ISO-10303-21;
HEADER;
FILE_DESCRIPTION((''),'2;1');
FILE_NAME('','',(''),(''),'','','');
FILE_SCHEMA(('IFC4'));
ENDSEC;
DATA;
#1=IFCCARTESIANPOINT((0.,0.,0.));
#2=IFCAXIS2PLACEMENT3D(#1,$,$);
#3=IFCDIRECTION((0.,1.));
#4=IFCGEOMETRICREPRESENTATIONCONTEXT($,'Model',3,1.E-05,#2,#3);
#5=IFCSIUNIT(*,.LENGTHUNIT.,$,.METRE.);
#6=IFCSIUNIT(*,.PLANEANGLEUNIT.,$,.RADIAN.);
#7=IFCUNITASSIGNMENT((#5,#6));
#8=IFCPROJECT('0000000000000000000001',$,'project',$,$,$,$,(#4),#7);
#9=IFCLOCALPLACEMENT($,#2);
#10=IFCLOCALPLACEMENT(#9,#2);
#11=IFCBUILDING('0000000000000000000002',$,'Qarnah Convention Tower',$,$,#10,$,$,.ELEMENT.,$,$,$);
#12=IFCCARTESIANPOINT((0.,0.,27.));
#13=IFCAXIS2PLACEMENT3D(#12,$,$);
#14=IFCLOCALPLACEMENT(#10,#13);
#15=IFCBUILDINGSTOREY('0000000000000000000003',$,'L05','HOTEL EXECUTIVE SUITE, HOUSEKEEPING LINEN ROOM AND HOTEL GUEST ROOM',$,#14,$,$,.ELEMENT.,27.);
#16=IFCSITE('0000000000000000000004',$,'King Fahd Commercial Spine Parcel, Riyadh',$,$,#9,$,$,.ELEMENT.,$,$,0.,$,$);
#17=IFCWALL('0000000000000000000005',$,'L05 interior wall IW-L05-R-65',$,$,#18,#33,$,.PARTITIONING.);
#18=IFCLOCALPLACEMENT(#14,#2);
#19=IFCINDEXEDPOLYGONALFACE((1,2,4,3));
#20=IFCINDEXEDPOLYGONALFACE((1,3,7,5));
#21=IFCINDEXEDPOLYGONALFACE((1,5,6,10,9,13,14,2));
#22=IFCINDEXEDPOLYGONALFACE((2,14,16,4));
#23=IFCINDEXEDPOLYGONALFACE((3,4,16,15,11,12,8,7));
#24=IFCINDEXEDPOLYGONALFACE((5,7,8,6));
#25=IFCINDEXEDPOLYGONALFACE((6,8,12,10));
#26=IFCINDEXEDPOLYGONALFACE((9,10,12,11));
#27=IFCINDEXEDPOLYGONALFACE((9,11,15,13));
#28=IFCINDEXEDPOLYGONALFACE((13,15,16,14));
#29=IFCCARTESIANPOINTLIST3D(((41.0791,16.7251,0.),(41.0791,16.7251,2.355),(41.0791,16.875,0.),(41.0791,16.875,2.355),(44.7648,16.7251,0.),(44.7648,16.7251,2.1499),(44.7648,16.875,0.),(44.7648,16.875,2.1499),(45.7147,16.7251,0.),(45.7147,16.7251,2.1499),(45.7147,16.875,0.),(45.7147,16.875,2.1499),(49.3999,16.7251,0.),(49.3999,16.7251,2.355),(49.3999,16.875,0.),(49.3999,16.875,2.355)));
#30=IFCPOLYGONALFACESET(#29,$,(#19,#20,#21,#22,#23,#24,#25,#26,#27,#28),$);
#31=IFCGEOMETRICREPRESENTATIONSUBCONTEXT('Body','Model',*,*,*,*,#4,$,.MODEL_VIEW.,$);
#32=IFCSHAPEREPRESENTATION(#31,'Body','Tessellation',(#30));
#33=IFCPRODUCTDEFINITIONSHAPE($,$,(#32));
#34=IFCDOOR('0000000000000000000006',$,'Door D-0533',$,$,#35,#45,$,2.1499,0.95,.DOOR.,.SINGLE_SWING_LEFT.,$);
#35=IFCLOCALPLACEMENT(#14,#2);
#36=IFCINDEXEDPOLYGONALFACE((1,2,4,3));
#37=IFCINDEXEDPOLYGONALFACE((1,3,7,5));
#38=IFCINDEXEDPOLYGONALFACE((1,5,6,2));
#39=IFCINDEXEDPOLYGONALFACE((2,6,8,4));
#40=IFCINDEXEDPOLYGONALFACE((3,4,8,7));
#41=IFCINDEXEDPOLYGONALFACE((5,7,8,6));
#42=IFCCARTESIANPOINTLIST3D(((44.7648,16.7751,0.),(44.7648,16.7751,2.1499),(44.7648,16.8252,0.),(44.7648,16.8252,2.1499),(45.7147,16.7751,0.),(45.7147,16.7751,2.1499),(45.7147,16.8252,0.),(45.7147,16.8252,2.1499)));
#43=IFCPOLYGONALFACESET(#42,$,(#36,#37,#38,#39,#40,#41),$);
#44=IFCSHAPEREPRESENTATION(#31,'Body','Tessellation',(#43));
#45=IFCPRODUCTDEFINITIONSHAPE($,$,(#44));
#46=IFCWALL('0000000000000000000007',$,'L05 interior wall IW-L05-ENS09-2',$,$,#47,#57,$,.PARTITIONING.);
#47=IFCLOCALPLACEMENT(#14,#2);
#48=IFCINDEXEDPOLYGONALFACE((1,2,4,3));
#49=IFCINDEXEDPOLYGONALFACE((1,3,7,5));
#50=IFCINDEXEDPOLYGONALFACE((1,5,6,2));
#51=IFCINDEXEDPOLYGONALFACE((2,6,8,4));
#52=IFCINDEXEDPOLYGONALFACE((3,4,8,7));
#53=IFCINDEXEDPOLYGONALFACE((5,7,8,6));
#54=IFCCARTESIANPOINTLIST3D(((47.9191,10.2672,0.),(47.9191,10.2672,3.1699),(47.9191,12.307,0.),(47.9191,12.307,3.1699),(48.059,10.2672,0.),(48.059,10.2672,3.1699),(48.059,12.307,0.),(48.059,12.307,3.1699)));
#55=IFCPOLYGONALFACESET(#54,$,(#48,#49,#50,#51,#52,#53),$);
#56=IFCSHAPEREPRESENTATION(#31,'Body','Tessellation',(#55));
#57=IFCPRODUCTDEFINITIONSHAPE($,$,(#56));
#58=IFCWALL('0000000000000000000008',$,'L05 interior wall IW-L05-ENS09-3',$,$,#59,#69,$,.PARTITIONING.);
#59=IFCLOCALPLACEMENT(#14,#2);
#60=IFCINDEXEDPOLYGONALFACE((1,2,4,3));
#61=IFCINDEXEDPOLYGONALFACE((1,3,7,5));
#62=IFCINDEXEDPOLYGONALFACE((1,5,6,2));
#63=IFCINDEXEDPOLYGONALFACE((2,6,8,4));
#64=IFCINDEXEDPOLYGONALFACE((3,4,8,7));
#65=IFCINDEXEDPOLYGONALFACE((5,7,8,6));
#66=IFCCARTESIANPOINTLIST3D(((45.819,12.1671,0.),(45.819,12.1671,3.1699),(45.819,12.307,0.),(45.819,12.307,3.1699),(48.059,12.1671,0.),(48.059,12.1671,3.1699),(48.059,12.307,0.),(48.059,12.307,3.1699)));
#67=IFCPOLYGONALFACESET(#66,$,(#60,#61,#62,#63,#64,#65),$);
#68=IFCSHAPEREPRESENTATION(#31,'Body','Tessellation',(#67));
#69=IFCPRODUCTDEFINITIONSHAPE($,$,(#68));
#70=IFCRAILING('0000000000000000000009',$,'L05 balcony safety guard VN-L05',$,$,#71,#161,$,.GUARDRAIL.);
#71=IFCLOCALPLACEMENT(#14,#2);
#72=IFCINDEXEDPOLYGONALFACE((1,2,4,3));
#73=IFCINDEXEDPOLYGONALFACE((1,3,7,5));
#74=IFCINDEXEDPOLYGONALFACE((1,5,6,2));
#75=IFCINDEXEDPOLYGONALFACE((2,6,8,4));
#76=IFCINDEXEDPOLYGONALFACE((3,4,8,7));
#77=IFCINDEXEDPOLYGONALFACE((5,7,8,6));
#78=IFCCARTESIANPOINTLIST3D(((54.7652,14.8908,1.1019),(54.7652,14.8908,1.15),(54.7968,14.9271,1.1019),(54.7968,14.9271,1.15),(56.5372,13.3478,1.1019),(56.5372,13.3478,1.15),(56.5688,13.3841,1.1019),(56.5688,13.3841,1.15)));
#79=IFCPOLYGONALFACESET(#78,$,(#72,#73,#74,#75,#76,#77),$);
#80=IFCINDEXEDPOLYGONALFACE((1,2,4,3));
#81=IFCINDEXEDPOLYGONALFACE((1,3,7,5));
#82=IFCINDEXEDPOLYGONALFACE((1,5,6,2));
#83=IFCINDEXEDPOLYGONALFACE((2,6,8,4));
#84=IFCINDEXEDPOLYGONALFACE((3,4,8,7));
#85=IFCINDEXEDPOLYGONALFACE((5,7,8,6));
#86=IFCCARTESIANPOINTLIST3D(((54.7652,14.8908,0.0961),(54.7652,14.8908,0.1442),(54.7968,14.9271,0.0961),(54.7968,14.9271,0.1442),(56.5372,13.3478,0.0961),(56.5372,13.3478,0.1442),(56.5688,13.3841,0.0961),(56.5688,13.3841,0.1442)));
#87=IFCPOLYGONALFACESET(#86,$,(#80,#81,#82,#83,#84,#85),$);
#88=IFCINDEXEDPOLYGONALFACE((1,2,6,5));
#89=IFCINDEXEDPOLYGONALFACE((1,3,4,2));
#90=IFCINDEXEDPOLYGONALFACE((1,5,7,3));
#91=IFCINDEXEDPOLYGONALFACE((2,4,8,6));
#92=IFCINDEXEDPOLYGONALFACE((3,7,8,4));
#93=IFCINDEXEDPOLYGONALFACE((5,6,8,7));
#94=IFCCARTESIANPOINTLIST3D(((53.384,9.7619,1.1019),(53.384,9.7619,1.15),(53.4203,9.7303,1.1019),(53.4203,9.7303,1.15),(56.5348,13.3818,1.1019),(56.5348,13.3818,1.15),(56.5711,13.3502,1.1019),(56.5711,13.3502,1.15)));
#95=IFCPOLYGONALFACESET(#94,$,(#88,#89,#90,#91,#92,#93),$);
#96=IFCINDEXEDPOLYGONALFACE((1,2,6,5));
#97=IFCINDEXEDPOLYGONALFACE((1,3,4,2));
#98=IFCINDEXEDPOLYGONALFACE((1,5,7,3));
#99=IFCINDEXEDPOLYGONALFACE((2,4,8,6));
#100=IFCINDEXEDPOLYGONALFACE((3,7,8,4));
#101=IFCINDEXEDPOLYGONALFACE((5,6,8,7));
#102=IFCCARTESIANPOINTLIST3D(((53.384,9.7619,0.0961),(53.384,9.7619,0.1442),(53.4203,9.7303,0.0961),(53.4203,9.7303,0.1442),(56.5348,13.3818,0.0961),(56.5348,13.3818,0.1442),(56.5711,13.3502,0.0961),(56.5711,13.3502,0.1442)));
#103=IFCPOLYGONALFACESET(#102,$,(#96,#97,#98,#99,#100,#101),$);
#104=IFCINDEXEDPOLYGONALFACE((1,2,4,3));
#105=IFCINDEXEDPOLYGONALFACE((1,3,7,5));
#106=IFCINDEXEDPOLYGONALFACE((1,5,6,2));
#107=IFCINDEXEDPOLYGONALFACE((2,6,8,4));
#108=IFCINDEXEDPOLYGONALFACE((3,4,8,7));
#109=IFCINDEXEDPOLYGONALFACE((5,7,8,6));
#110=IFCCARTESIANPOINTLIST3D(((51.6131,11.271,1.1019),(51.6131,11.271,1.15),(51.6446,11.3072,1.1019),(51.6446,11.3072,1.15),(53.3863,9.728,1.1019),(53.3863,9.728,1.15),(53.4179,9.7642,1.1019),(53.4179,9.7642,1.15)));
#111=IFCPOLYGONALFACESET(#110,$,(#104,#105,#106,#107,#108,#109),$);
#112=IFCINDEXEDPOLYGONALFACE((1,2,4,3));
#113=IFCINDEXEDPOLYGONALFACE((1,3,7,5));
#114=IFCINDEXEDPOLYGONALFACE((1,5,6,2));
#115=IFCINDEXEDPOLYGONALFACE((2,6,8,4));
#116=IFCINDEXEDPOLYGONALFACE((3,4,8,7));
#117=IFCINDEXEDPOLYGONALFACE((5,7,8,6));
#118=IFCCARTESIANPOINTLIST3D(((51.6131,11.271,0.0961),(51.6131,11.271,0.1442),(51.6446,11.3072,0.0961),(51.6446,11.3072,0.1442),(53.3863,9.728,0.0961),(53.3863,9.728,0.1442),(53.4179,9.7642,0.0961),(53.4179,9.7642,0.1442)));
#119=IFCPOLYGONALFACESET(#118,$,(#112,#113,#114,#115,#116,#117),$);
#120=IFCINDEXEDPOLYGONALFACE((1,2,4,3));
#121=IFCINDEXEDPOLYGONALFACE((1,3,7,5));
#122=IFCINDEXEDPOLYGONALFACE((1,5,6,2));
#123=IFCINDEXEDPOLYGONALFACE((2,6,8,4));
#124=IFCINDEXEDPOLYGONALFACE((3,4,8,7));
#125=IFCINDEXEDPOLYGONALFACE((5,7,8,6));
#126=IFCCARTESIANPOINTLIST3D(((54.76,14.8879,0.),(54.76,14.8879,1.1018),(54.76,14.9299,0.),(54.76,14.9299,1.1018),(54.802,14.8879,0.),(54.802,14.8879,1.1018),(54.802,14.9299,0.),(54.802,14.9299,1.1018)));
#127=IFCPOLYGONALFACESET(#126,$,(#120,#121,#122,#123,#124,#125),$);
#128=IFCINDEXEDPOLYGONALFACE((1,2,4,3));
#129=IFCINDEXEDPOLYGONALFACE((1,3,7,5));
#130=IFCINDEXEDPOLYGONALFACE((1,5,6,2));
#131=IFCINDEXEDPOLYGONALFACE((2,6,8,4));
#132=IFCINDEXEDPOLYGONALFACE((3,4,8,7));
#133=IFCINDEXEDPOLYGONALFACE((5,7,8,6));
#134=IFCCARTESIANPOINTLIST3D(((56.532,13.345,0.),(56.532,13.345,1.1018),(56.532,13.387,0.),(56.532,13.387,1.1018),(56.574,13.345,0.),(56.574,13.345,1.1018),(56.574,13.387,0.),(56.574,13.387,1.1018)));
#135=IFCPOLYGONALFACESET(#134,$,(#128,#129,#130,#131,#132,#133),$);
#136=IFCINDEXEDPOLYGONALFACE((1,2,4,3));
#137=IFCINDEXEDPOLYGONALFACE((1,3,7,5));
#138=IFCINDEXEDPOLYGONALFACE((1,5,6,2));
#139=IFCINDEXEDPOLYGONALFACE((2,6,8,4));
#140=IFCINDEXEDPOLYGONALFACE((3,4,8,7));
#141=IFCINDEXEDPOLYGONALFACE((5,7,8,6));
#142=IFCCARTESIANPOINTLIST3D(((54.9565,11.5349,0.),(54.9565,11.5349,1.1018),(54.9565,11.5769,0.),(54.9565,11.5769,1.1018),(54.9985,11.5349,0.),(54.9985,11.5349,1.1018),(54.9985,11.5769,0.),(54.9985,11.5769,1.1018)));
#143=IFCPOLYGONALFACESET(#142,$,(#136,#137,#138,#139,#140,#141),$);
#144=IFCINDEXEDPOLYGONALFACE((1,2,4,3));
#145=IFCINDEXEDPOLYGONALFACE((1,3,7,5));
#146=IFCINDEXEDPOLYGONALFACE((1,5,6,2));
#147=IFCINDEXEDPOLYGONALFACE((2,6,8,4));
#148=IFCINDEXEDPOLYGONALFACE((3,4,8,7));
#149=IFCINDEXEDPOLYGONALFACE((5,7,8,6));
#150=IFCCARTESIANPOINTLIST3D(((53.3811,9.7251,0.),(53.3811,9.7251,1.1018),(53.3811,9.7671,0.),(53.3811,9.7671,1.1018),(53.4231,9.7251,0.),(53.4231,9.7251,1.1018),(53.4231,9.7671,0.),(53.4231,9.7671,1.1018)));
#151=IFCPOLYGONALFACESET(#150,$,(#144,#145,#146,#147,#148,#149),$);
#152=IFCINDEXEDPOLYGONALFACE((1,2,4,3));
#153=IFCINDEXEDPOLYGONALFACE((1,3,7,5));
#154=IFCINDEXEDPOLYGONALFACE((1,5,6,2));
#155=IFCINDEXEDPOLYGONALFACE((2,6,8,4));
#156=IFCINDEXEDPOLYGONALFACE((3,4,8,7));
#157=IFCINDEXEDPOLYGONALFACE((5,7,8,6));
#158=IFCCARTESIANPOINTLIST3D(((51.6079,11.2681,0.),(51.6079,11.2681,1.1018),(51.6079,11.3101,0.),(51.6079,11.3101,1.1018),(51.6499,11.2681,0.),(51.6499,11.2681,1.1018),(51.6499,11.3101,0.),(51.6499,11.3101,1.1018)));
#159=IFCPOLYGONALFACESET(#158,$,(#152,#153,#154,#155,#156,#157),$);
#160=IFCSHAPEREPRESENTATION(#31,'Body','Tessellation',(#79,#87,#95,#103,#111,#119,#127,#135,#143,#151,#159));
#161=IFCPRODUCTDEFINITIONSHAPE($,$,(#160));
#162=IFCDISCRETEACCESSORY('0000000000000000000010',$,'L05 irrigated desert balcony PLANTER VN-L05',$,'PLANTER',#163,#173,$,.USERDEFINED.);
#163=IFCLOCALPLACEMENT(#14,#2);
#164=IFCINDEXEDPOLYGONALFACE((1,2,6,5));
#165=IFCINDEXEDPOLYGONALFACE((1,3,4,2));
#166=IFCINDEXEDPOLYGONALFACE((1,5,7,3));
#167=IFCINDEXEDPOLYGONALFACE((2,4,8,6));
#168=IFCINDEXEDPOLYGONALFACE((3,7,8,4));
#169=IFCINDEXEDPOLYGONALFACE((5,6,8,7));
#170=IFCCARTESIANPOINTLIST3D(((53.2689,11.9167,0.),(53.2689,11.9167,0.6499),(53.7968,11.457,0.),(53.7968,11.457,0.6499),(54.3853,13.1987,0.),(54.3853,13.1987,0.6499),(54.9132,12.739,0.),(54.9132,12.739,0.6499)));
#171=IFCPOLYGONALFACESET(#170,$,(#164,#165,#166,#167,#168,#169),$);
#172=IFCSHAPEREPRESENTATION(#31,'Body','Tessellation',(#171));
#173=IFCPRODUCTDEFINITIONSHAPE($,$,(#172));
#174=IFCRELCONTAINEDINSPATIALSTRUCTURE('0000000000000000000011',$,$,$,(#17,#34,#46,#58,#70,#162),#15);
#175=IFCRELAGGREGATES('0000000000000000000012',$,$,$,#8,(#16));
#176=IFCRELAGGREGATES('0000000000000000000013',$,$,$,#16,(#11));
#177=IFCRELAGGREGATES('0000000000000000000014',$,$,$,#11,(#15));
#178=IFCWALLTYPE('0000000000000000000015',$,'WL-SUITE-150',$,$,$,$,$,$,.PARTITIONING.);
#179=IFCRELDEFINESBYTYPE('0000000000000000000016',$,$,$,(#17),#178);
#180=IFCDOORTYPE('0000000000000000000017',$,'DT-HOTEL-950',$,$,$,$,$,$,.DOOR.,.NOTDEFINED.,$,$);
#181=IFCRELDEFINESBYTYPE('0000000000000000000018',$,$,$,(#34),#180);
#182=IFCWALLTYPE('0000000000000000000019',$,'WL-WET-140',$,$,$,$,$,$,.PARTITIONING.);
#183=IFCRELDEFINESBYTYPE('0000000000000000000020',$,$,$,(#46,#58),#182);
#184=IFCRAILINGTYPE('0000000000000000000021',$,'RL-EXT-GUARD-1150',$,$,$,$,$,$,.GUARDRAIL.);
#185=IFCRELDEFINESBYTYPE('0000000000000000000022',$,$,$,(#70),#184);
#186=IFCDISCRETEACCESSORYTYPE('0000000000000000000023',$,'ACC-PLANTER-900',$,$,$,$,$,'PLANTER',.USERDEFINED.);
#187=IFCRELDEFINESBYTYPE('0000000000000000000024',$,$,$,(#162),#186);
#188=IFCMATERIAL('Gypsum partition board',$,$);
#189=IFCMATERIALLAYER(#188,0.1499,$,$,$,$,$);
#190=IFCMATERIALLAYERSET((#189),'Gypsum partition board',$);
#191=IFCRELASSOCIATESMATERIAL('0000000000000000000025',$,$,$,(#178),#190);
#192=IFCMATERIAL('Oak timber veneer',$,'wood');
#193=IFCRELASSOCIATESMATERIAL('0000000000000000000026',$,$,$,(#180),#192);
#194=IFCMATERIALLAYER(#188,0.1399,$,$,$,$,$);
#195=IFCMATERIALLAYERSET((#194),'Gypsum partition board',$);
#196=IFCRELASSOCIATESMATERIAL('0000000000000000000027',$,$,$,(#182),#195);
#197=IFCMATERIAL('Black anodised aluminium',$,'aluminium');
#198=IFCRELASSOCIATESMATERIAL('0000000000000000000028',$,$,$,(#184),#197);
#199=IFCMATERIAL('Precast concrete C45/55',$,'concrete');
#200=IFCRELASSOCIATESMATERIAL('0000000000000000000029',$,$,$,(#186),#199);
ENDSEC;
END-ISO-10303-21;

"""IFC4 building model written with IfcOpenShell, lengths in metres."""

from ifc_helpers import new_model, si_unit, direction, frame, frame_2d, origin, origin_2d, place, context, subcontext, project, spatial, rectangle, extrude, material, layer, layer_set, type_object, element, fill, save


model = new_model("IFC4")

# Units and contexts
model_context = context("Model", 3, precision=1e-05, world=origin(), true_north=direction((0.0, 1.0)))
body_context = subcontext(model_context, "Body", "Model", "MODEL_VIEW")
ifc_project = project(units=[si_unit("LENGTHUNIT", "METRE"), si_unit("PLANEANGLEUNIT", "RADIAN")], contexts=[model_context])

# Site, building, storey
site_placement = place(None, origin())
site = spatial("IfcSite", under=ifc_project, at=site_placement, Name="King Fahd Commercial Spine Parcel, Riyadh", CompositionType="ELEMENT", RefElevation=0.0)
building_placement = place(site_placement, origin())
building = spatial("IfcBuilding", under=site, at=building_placement, Name="Qarnah Convention Tower", CompositionType="ELEMENT")
storey_placement = place(building_placement, frame((0.0, 0.0, 27.0)))
storey = spatial("IfcBuildingStorey", under=building, at=storey_placement, Name="L05", Description="HOTEL EXECUTIVE SUITE, HOUSEKEEPING LINEN ROOM AND HOTEL GUEST ROOM", CompositionType="ELEMENT", Elevation=27.0)

# Shared definitions
ifc_material_1 = material(Name="Black anodised aluminium", Category="aluminium")

# Wall, opening, door
ifc_material_2 = material(Name="Precast concrete C45/55", Category="concrete")
ifc_material_3 = material(Name="Gypsum partition board")
ifc_layer_1 = layer(ifc_material_3, 0.1499)
ifc_layer_set_1 = layer_set([ifc_layer_1], Name="Gypsum partition board")
wall_type_1 = type_object("IfcWallType", Name="WL-SUITE-150", PredefinedType="PARTITIONING", material=ifc_layer_set_1)
wall_1_placement = place(storey_placement, frame((49.3999, 16.8, 0.0), z_axis=(0.0, 0.0, 1.0), x_axis=(-1.0, 0.0, 0.0)))
wall_1 = element("IfcWall", 1, at=wall_1_placement, inside=storey, type_object=wall_type_1, Name="L05 interior wall IW-L05-R-65", PredefinedType="PARTITIONING", context=body_context, shape_type="SweptSolid", body=[
    extrude(rectangle(XDim=8.3208, YDim=0.1499, at=frame_2d((4.1604, 0.0))), origin(), (0.0, 0.0, 1.0), 2.355),
])
opening_1_placement = place(wall_1_placement, frame((3.6851, 0.0, 0.0)))
opening_1 = element("IfcOpeningElement", 2, at=opening_1_placement, cuts=wall_1, PredefinedType="OPENING", context=body_context, shape_type="SweptSolid", body=[
    extrude(rectangle(XDim=0.95, YDim=2.1499, at=frame_2d((0.4751, 1.075))), frame((0.0, 0.085, 0.0), z_axis=(0.0, -1.0, 0.0), x_axis=(1.0, 0.0, 0.0)), (0.0, 0.0, 1.0), 0.1699),
])
ifc_material_4 = material(Name="Oak timber veneer", Category="wood")
door_type_1 = type_object("IfcDoorType", Name="DT-HOTEL-950", OperationType="NOTDEFINED", PredefinedType="DOOR", material=ifc_material_4)
door_1_placement = place(opening_1_placement, origin())
door_1 = element("IfcDoor", 3, at=door_1_placement, inside=storey, type_object=door_type_1, Name="Door D-0533", OperationType="SINGLE_SWING_LEFT", OverallHeight=2.1499, OverallWidth=0.95, PredefinedType="DOOR", context=body_context, shape_type="SweptSolid", body=[
    extrude(rectangle(XDim=0.95, YDim=2.1499, at=frame_2d((0.4751, 1.075))), frame((0.0, 0.0249, 0.0), z_axis=(0.0, -1.0, 0.0), x_axis=(1.0, 0.0, 0.0)), (0.0, 0.0, 1.0), 0.05),
])
fill(opening_1, door_1)

# Walls
ifc_layer_2 = layer(ifc_material_3, 0.1399)
ifc_layer_set_2 = layer_set([ifc_layer_2], Name="Gypsum partition board")
wall_type_2 = type_object("IfcWallType", Name="WL-WET-140", PredefinedType="PARTITIONING", material=ifc_layer_set_2)
wall_2_placement = place(storey_placement, frame((47.989, 10.2671, 0.0), z_axis=(0.0, 0.0, 1.0), x_axis=(0.0, 1.0, 0.0)))
element("IfcWall", 4, at=wall_2_placement, inside=storey, type_object=wall_type_2, Name="L05 interior wall IW-L05-ENS09-2", PredefinedType="PARTITIONING", context=body_context, shape_type="SweptSolid", body=[
    extrude(rectangle(XDim=2.0398, YDim=0.1399, at=frame_2d((1.02, 0.0))), origin(), (0.0, 0.0, 1.0), 3.1699),
])
wall_3_placement = place(storey_placement, frame((48.0591, 12.2371, 0.0), z_axis=(0.0, 0.0, 1.0), x_axis=(-1.0, 0.0, 0.0)))
element("IfcWall", 5, at=wall_3_placement, inside=storey, type_object=wall_type_2, Name="L05 interior wall IW-L05-ENS09-3", PredefinedType="PARTITIONING", context=body_context, shape_type="SweptSolid", body=[
    extrude(rectangle(XDim=2.24, YDim=0.1399, at=frame_2d((1.1201, 0.0))), origin(), (0.0, 0.0, 1.0), 3.1699),
])

# Railing
railing_type = type_object("IfcRailingType", Name="RL-EXT-GUARD-1150", PredefinedType="GUARDRAIL", material=ifc_material_1)
railing_placement = place(storey_placement, frame((54.781, 14.9089, 0.0)))
element("IfcRailing", 6, at=railing_placement, inside=storey, type_object=railing_type, Name="L05 balcony safety guard VN-L05", PredefinedType="GUARDRAIL", context=body_context, shape_type="SweptSolid", body=[
    extrude(rectangle(XDim=0.0481, YDim=0.0481, at=origin_2d()), frame((0.0, 0.0, 1.126), z_axis=(0.754158, -0.656693, 0.0), x_axis=(0.656693, 0.754158, 0.0)), (0.0, 0.0, 1.0), 2.3496),
    extrude(rectangle(XDim=0.0481, YDim=0.0481, at=origin_2d()), frame((0.0, 0.0, 0.1201), z_axis=(0.754158, -0.656693, 0.0), x_axis=(0.656693, 0.754158, 0.0)), (0.0, 0.0, 1.0), 2.3496),
    extrude(rectangle(XDim=0.0481, YDim=0.0481, at=origin_2d()), frame((1.772, -1.543, 1.126), z_axis=(-0.656554, -0.754279, 0.0), x_axis=(0.754279, -0.656554, 0.0)), (0.0, 0.0, 1.0), 4.7991),
    extrude(rectangle(XDim=0.0481, YDim=0.0481, at=origin_2d()), frame((1.772, -1.543, 0.1201), z_axis=(-0.656554, -0.754279, 0.0), x_axis=(0.754279, -0.656554, 0.0)), (0.0, 0.0, 1.0), 4.7991),
    extrude(rectangle(XDim=0.0481, YDim=0.0481, at=origin_2d()), frame((-1.3789, -5.1628, 1.126), z_axis=(-0.754382, 0.656436, 0.0), x_axis=(-0.656436, -0.754382, 0.0)), (0.0, 0.0, 1.0), 2.3506),
    extrude(rectangle(XDim=0.0481, YDim=0.0481, at=origin_2d()), frame((-1.3789, -5.1628, 0.1201), z_axis=(-0.754382, 0.656436, 0.0), x_axis=(-0.656436, -0.754382, 0.0)), (0.0, 0.0, 1.0), 2.3506),
    extrude(rectangle(XDim=0.042, YDim=0.042, at=origin_2d()), origin(), (0.0, 0.0, 1.0), 1.1018),
    extrude(rectangle(XDim=0.042, YDim=0.042, at=origin_2d()), frame((1.772, -1.543, 0.0)), (0.0, 0.0, 1.0), 1.1018),
    extrude(rectangle(XDim=0.042, YDim=0.042, at=origin_2d()), frame((0.1965, -3.353, 0.0)), (0.0, 0.0, 1.0), 1.1018),
    extrude(rectangle(XDim=0.042, YDim=0.042, at=origin_2d()), frame((-1.3789, -5.1628, 0.0)), (0.0, 0.0, 1.0), 1.1018),
    extrude(rectangle(XDim=0.042, YDim=0.042, at=origin_2d()), frame((-3.1521, -3.6199, 0.0)), (0.0, 0.0, 1.0), 1.1018),
])

# Discrete accessory
discrete_accessory_type = type_object("IfcDiscreteAccessoryType", Name="ACC-PLANTER-900", ElementType="PLANTER", PredefinedType="USERDEFINED", material=ifc_material_2)
discrete_accessory_placement = place(storey_placement, frame((54.0911, 12.3279, 0.0), z_axis=(0.0, 0.0, 1.0), x_axis=(0.656717, 0.754137, 0.0)))
element("IfcDiscreteAccessory", 7, at=discrete_accessory_placement, inside=storey, type_object=discrete_accessory_type, Name="L05 irrigated desert balcony PLANTER VN-L05", ObjectType="PLANTER", PredefinedType="USERDEFINED", context=body_context, shape_type="SweptSolid", body=[
    extrude(rectangle(XDim=1.7, YDim=0.7, at=origin_2d()), origin(), (0.0, 0.0, 1.0), 0.6499),
])

save(model, "model.ifc")
